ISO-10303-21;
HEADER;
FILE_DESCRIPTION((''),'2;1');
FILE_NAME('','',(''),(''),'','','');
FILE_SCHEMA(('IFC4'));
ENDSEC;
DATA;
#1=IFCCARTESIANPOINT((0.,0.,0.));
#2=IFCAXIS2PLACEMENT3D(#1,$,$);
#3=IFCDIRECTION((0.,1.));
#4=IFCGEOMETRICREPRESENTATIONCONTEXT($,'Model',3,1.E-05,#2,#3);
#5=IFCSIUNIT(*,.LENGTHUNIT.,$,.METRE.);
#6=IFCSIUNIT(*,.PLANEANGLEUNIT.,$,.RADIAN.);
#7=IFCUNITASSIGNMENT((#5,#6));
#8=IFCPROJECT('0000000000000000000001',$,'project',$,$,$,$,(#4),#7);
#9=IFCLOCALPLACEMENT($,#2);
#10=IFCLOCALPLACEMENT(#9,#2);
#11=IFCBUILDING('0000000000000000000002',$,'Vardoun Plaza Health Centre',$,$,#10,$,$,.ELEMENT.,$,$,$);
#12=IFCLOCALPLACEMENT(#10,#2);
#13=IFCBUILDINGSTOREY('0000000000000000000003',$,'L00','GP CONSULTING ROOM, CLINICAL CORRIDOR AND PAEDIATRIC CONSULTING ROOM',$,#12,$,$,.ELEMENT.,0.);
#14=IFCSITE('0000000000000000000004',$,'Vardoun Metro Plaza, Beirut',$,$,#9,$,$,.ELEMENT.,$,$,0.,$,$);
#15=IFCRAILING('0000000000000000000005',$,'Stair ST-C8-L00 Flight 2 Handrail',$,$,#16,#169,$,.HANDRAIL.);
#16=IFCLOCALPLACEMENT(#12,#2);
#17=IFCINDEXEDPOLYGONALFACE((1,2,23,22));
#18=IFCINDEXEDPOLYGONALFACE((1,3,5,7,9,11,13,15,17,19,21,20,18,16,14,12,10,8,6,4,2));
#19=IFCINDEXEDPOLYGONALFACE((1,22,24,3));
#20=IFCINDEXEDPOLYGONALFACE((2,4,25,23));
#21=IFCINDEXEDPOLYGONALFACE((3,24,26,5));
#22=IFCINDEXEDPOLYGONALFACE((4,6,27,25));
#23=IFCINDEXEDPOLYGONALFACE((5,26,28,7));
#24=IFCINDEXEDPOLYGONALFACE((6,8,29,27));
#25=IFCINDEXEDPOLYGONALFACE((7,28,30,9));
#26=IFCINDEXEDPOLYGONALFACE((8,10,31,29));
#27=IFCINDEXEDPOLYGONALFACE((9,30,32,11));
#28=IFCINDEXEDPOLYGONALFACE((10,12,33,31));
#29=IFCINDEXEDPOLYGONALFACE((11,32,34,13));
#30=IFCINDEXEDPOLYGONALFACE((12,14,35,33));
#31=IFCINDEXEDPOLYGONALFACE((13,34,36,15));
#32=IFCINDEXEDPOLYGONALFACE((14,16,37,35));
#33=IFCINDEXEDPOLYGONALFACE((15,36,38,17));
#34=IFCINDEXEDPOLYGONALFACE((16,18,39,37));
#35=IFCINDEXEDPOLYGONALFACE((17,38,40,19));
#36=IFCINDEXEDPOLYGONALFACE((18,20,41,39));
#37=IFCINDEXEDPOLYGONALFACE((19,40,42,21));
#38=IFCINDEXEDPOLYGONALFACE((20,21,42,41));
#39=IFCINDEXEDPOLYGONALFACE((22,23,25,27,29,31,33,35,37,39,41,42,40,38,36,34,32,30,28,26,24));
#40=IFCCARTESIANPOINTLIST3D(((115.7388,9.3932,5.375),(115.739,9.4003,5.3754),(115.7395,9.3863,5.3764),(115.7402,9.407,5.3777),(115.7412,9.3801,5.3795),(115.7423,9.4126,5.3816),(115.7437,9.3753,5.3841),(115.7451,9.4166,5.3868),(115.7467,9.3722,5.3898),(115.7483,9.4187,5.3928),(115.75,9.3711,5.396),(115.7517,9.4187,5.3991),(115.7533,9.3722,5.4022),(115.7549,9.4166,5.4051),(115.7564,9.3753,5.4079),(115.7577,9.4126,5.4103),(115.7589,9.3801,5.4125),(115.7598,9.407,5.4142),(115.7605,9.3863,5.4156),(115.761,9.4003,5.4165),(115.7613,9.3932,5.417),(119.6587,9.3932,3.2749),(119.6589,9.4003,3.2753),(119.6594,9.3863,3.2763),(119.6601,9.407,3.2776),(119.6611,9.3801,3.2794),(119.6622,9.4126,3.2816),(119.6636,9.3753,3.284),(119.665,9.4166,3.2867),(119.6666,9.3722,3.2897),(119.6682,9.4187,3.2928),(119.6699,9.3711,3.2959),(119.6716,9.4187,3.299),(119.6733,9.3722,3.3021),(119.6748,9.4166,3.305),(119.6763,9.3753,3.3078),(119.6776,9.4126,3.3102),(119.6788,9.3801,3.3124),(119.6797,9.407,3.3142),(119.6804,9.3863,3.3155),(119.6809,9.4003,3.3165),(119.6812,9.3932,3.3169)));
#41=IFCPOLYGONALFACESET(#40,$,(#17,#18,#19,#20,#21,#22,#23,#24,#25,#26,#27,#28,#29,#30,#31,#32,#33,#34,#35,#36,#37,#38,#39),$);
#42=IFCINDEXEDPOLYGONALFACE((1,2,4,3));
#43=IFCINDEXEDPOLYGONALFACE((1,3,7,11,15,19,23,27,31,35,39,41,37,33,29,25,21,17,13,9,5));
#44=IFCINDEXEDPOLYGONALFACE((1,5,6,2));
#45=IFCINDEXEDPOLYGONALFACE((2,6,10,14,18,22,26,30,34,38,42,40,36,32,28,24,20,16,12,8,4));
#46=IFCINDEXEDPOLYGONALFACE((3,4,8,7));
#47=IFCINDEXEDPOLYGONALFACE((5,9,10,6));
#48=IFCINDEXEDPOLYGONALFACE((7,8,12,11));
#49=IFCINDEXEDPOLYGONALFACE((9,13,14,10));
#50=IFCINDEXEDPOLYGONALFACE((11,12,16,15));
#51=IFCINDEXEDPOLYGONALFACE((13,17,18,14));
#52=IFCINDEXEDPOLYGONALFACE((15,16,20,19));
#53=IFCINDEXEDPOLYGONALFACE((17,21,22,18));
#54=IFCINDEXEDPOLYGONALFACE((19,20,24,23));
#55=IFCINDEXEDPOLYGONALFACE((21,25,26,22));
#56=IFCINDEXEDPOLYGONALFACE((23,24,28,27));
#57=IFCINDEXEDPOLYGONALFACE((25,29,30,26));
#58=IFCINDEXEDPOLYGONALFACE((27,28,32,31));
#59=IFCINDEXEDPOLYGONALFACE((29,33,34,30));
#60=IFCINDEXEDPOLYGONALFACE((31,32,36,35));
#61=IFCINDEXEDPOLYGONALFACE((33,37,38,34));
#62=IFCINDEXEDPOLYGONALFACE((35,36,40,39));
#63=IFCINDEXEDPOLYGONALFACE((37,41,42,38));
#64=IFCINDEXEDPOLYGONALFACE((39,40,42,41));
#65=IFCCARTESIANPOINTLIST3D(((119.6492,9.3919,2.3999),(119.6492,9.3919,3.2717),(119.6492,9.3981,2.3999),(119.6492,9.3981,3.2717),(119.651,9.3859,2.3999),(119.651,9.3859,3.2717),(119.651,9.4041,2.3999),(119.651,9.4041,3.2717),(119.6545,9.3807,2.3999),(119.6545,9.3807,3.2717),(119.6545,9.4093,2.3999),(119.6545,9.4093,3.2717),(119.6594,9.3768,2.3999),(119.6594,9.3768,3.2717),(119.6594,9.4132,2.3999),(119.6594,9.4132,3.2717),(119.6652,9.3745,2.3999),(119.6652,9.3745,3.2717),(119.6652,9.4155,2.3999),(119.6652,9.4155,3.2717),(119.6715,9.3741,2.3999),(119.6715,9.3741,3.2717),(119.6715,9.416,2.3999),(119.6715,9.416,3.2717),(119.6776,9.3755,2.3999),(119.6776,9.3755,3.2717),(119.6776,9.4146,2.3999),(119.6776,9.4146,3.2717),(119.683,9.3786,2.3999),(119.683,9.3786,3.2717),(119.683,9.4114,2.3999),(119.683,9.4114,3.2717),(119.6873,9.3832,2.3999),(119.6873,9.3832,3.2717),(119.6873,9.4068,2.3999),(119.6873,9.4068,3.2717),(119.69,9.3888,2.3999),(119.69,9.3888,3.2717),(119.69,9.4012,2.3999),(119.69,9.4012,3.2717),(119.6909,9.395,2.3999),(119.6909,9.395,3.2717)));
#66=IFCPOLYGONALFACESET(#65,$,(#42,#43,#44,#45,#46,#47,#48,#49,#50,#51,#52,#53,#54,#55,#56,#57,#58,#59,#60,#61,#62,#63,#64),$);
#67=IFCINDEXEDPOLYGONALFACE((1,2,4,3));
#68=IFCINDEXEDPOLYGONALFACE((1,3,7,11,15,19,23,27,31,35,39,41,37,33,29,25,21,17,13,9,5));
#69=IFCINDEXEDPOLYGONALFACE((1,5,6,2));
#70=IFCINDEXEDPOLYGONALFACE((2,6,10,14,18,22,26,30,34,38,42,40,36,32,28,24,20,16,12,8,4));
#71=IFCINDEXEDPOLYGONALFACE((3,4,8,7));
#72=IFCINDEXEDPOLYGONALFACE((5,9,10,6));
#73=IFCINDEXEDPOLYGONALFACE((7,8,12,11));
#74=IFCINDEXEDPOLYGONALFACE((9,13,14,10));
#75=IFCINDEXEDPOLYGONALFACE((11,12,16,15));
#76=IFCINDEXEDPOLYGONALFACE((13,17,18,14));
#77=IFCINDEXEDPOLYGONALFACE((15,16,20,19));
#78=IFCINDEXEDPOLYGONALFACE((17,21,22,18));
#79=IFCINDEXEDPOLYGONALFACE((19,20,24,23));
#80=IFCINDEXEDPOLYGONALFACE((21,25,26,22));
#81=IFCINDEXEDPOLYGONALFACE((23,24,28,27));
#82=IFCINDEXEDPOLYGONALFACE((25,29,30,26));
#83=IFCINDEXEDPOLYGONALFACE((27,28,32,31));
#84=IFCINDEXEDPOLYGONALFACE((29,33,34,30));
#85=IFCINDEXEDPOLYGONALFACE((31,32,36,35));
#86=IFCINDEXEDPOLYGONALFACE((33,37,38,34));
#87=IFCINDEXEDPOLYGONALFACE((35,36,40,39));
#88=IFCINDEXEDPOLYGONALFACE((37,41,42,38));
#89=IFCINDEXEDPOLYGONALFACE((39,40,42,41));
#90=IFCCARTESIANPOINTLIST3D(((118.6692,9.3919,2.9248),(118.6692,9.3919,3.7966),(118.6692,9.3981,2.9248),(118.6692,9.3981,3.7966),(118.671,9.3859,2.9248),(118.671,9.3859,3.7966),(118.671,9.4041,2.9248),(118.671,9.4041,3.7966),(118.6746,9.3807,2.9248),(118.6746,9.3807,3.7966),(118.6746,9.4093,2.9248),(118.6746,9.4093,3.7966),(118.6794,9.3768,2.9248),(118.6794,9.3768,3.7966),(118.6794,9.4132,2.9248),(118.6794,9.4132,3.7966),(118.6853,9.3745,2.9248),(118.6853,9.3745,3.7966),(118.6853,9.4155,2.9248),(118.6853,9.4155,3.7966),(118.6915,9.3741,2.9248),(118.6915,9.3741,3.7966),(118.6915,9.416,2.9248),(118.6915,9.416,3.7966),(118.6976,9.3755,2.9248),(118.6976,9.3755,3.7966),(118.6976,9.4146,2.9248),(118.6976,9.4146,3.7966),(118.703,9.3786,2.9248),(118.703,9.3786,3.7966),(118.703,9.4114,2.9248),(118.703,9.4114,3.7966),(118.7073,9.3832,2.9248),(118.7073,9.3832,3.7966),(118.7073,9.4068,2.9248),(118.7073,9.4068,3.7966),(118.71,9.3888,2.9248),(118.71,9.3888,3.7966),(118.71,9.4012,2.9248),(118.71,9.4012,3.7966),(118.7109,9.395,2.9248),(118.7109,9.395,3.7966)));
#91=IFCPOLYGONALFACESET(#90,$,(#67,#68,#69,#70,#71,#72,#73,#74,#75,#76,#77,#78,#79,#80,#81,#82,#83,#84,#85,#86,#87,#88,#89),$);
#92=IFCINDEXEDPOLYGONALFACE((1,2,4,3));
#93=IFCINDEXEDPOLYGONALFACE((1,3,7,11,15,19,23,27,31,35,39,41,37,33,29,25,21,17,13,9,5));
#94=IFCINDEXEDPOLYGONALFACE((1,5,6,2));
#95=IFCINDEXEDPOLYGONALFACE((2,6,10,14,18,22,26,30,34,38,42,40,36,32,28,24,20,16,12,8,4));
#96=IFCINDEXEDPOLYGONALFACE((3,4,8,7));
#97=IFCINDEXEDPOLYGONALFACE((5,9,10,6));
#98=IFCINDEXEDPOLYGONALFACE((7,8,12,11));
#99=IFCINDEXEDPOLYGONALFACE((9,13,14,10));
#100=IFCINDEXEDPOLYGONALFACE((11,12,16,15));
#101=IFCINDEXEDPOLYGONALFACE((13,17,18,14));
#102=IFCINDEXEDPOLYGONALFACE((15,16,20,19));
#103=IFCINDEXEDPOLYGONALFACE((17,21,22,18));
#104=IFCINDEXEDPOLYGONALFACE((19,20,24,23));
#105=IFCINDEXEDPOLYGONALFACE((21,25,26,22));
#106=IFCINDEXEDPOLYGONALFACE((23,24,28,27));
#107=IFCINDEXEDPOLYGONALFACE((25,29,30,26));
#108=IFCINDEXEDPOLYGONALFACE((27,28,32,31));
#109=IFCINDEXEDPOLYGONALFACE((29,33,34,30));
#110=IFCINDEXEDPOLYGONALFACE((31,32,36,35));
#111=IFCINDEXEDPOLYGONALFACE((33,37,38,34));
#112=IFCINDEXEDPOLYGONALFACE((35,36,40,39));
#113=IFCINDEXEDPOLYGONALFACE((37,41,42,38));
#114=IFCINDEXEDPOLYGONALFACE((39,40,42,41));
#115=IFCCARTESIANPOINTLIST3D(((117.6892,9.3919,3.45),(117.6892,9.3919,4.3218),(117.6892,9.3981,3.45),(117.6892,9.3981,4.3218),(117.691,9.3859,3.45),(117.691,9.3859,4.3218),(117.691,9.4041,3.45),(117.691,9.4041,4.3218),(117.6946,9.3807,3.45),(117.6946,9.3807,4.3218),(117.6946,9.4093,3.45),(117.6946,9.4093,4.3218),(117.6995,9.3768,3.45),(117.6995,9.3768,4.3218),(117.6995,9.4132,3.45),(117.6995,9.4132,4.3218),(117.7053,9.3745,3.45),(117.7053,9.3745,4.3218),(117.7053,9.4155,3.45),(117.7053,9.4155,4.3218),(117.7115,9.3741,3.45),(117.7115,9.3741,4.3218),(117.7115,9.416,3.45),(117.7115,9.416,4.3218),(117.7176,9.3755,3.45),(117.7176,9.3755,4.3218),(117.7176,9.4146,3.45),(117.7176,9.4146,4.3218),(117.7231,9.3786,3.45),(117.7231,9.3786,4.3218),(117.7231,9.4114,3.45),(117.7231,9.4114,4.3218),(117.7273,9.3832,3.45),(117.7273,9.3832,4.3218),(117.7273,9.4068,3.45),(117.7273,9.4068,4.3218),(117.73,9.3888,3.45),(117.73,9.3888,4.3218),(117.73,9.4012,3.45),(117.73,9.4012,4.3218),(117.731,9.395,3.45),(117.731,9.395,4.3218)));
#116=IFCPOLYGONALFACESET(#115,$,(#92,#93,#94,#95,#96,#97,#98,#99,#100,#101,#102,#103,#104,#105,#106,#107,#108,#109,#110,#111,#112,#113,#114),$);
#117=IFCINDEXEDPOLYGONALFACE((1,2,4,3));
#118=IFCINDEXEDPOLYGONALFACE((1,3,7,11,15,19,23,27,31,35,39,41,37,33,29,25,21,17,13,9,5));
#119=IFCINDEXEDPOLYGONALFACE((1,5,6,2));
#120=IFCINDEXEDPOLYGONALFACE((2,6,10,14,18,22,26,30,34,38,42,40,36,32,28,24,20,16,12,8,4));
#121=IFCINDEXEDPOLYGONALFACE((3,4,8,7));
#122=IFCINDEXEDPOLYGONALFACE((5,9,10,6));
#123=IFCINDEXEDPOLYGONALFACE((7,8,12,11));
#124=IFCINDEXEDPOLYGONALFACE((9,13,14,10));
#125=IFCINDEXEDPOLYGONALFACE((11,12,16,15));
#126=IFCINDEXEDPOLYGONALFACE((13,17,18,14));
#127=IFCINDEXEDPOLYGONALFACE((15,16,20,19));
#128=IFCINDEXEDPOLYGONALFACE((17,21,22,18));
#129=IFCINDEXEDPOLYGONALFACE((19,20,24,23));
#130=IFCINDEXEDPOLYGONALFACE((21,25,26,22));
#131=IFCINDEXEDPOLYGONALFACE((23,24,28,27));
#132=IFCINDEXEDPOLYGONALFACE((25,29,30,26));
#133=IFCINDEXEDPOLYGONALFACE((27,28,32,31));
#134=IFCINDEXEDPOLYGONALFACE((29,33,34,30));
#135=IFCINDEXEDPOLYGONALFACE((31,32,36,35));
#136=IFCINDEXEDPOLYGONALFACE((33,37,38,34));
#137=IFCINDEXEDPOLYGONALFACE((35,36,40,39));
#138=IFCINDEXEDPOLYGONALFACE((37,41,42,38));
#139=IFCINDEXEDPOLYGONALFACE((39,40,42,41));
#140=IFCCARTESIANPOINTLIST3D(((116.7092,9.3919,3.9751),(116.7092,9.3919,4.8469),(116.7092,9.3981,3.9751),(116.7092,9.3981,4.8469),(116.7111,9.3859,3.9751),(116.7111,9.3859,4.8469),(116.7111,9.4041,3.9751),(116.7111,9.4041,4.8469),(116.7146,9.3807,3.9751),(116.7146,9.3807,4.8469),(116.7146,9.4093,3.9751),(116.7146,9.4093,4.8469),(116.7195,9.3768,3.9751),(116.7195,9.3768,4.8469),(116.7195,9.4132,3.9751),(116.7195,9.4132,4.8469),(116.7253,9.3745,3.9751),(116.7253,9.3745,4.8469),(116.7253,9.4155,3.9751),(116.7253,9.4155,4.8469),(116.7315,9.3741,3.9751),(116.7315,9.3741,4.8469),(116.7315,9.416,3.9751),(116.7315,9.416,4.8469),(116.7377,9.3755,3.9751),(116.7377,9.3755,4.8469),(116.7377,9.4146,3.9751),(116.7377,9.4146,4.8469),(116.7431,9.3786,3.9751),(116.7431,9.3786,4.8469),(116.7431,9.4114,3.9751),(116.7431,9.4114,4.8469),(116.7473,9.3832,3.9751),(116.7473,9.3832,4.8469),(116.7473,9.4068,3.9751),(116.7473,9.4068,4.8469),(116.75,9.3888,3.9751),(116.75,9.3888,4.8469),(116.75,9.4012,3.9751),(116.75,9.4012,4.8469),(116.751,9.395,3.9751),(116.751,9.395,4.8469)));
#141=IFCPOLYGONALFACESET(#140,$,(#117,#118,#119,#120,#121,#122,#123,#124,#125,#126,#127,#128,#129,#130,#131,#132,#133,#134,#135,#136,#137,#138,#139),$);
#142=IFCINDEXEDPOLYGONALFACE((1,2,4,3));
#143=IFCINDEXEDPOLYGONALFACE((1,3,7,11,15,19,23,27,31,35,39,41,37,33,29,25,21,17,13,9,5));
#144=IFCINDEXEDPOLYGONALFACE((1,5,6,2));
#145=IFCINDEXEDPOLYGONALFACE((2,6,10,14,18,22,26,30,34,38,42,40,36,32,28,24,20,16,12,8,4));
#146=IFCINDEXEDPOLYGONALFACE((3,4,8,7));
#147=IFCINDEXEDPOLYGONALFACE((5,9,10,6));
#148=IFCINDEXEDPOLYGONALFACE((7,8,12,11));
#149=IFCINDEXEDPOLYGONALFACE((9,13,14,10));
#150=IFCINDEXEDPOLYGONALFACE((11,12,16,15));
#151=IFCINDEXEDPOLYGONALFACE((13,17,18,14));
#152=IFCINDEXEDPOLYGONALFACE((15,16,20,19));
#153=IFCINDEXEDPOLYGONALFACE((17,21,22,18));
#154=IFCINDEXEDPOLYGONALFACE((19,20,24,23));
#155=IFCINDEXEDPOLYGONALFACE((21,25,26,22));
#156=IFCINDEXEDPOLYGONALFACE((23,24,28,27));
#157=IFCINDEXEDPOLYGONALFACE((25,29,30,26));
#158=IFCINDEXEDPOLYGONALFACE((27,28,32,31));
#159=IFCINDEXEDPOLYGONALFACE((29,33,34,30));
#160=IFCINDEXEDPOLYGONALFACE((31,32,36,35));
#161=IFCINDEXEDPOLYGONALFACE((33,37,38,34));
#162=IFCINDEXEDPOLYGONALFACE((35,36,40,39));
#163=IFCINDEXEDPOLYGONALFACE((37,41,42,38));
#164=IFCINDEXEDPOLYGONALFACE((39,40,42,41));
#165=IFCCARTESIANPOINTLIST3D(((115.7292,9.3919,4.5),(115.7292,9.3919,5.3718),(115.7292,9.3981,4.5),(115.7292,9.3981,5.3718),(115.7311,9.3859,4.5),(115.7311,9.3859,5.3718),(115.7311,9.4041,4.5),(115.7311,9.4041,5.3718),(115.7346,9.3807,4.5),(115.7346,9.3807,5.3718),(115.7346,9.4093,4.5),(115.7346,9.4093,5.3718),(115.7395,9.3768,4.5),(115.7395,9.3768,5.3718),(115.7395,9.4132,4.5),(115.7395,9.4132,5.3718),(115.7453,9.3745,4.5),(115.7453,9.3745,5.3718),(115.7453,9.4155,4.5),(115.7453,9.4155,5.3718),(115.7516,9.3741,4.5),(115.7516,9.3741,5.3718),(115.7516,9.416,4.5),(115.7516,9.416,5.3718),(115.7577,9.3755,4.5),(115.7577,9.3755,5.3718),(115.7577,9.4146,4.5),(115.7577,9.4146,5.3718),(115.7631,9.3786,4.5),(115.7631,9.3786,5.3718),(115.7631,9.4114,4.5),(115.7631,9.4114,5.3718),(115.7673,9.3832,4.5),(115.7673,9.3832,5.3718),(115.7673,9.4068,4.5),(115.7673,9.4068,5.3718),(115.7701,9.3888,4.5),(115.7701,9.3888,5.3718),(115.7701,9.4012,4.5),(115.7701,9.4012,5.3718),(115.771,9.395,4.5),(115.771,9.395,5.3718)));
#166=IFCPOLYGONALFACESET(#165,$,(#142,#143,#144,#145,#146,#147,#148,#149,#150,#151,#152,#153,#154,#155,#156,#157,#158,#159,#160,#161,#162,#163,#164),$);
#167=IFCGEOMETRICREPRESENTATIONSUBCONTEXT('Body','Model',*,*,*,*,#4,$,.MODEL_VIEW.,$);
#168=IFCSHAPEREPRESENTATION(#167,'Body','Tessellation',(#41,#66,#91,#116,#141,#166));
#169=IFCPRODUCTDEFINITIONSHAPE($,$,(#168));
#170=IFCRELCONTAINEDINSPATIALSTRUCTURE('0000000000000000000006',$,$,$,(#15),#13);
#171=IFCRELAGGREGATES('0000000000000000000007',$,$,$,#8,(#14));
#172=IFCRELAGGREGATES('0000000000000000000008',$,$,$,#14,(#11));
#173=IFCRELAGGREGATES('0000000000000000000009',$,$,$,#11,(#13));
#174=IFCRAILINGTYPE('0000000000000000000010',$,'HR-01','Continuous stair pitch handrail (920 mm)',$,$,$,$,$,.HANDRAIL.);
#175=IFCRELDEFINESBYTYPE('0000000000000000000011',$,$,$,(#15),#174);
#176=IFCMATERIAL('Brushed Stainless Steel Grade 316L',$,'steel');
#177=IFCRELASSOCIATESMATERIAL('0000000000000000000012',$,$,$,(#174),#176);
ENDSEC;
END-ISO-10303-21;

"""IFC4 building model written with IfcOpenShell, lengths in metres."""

from ifc_helpers import new_model, si_unit, direction, frame, origin, origin_2d, place, context, subcontext, project, spatial, circle, extrude, material, type_object, element, save


model = new_model("IFC4")

# Units and contexts
model_context = context("Model", 3, precision=1e-05, world=origin(), true_north=direction((0.0, 1.0)))
body_context = subcontext(model_context, "Body", "Model", "MODEL_VIEW")
ifc_project = project(units=[si_unit("LENGTHUNIT", "METRE"), si_unit("PLANEANGLEUNIT", "RADIAN")], contexts=[model_context])

# Site, building, storey
site_placement = place(None, origin())
site = spatial("IfcSite", under=ifc_project, at=site_placement, Name="Vardoun Metro Plaza, Beirut", CompositionType="ELEMENT", RefElevation=0.0)
building_placement = place(site_placement, origin())
building = spatial("IfcBuilding", under=site, at=building_placement, Name="Vardoun Plaza Health Centre", CompositionType="ELEMENT")
storey_placement = place(building_placement, origin())
storey = spatial("IfcBuildingStorey", under=building, at=storey_placement, Name="L00", Description="GP CONSULTING ROOM, CLINICAL CORRIDOR AND PAEDIATRIC CONSULTING ROOM", CompositionType="ELEMENT", Elevation=0.0)

# Railing
ifc_material_1 = material(Name="Brushed Stainless Steel Grade 316L", Category="steel")
railing_type = type_object("IfcRailingType", Name="HR-01", Description="Continuous stair pitch handrail (920 mm)", PredefinedType="HANDRAIL", material=ifc_material_1)
railing_placement = place(storey_placement, frame((119.6699, 9.395, 2.3999)))
element("IfcRailing", 1, at=railing_placement, inside=storey, type_object=railing_type, Name="Stair ST-C8-L00 Flight 2 Handrail", PredefinedType="HANDRAIL", context=body_context, shape_type="SweptSolid", body=[
    extrude(circle(Radius=0.0239, at=origin_2d()), frame((0.0, 0.0, 0.896), z_axis=(-0.881467, 0.0, 0.472246), x_axis=(0.0, -1.0, 0.0)), (0.0, 0.0, 1.0), 4.447),
    extrude(circle(Radius=0.021, at=origin_2d()), origin(), (0.0, 0.0, 1.0), 0.8718),
    extrude(circle(Radius=0.021, at=origin_2d()), frame((-0.98, 0.0, 0.5249)), (0.0, 0.0, 1.0), 0.8718),
    extrude(circle(Radius=0.021, at=origin_2d()), frame((-1.96, 0.0, 1.05)), (0.0, 0.0, 1.0), 0.8718),
    extrude(circle(Radius=0.021, at=origin_2d()), frame((-2.9399, 0.0, 1.5752)), (0.0, 0.0, 1.0), 0.8718),
    extrude(circle(Radius=0.021, at=origin_2d()), frame((-3.9199, 0.0, 2.1001)), (0.0, 0.0, 1.0), 0.8718),
])

save(model, "model.ifc")
